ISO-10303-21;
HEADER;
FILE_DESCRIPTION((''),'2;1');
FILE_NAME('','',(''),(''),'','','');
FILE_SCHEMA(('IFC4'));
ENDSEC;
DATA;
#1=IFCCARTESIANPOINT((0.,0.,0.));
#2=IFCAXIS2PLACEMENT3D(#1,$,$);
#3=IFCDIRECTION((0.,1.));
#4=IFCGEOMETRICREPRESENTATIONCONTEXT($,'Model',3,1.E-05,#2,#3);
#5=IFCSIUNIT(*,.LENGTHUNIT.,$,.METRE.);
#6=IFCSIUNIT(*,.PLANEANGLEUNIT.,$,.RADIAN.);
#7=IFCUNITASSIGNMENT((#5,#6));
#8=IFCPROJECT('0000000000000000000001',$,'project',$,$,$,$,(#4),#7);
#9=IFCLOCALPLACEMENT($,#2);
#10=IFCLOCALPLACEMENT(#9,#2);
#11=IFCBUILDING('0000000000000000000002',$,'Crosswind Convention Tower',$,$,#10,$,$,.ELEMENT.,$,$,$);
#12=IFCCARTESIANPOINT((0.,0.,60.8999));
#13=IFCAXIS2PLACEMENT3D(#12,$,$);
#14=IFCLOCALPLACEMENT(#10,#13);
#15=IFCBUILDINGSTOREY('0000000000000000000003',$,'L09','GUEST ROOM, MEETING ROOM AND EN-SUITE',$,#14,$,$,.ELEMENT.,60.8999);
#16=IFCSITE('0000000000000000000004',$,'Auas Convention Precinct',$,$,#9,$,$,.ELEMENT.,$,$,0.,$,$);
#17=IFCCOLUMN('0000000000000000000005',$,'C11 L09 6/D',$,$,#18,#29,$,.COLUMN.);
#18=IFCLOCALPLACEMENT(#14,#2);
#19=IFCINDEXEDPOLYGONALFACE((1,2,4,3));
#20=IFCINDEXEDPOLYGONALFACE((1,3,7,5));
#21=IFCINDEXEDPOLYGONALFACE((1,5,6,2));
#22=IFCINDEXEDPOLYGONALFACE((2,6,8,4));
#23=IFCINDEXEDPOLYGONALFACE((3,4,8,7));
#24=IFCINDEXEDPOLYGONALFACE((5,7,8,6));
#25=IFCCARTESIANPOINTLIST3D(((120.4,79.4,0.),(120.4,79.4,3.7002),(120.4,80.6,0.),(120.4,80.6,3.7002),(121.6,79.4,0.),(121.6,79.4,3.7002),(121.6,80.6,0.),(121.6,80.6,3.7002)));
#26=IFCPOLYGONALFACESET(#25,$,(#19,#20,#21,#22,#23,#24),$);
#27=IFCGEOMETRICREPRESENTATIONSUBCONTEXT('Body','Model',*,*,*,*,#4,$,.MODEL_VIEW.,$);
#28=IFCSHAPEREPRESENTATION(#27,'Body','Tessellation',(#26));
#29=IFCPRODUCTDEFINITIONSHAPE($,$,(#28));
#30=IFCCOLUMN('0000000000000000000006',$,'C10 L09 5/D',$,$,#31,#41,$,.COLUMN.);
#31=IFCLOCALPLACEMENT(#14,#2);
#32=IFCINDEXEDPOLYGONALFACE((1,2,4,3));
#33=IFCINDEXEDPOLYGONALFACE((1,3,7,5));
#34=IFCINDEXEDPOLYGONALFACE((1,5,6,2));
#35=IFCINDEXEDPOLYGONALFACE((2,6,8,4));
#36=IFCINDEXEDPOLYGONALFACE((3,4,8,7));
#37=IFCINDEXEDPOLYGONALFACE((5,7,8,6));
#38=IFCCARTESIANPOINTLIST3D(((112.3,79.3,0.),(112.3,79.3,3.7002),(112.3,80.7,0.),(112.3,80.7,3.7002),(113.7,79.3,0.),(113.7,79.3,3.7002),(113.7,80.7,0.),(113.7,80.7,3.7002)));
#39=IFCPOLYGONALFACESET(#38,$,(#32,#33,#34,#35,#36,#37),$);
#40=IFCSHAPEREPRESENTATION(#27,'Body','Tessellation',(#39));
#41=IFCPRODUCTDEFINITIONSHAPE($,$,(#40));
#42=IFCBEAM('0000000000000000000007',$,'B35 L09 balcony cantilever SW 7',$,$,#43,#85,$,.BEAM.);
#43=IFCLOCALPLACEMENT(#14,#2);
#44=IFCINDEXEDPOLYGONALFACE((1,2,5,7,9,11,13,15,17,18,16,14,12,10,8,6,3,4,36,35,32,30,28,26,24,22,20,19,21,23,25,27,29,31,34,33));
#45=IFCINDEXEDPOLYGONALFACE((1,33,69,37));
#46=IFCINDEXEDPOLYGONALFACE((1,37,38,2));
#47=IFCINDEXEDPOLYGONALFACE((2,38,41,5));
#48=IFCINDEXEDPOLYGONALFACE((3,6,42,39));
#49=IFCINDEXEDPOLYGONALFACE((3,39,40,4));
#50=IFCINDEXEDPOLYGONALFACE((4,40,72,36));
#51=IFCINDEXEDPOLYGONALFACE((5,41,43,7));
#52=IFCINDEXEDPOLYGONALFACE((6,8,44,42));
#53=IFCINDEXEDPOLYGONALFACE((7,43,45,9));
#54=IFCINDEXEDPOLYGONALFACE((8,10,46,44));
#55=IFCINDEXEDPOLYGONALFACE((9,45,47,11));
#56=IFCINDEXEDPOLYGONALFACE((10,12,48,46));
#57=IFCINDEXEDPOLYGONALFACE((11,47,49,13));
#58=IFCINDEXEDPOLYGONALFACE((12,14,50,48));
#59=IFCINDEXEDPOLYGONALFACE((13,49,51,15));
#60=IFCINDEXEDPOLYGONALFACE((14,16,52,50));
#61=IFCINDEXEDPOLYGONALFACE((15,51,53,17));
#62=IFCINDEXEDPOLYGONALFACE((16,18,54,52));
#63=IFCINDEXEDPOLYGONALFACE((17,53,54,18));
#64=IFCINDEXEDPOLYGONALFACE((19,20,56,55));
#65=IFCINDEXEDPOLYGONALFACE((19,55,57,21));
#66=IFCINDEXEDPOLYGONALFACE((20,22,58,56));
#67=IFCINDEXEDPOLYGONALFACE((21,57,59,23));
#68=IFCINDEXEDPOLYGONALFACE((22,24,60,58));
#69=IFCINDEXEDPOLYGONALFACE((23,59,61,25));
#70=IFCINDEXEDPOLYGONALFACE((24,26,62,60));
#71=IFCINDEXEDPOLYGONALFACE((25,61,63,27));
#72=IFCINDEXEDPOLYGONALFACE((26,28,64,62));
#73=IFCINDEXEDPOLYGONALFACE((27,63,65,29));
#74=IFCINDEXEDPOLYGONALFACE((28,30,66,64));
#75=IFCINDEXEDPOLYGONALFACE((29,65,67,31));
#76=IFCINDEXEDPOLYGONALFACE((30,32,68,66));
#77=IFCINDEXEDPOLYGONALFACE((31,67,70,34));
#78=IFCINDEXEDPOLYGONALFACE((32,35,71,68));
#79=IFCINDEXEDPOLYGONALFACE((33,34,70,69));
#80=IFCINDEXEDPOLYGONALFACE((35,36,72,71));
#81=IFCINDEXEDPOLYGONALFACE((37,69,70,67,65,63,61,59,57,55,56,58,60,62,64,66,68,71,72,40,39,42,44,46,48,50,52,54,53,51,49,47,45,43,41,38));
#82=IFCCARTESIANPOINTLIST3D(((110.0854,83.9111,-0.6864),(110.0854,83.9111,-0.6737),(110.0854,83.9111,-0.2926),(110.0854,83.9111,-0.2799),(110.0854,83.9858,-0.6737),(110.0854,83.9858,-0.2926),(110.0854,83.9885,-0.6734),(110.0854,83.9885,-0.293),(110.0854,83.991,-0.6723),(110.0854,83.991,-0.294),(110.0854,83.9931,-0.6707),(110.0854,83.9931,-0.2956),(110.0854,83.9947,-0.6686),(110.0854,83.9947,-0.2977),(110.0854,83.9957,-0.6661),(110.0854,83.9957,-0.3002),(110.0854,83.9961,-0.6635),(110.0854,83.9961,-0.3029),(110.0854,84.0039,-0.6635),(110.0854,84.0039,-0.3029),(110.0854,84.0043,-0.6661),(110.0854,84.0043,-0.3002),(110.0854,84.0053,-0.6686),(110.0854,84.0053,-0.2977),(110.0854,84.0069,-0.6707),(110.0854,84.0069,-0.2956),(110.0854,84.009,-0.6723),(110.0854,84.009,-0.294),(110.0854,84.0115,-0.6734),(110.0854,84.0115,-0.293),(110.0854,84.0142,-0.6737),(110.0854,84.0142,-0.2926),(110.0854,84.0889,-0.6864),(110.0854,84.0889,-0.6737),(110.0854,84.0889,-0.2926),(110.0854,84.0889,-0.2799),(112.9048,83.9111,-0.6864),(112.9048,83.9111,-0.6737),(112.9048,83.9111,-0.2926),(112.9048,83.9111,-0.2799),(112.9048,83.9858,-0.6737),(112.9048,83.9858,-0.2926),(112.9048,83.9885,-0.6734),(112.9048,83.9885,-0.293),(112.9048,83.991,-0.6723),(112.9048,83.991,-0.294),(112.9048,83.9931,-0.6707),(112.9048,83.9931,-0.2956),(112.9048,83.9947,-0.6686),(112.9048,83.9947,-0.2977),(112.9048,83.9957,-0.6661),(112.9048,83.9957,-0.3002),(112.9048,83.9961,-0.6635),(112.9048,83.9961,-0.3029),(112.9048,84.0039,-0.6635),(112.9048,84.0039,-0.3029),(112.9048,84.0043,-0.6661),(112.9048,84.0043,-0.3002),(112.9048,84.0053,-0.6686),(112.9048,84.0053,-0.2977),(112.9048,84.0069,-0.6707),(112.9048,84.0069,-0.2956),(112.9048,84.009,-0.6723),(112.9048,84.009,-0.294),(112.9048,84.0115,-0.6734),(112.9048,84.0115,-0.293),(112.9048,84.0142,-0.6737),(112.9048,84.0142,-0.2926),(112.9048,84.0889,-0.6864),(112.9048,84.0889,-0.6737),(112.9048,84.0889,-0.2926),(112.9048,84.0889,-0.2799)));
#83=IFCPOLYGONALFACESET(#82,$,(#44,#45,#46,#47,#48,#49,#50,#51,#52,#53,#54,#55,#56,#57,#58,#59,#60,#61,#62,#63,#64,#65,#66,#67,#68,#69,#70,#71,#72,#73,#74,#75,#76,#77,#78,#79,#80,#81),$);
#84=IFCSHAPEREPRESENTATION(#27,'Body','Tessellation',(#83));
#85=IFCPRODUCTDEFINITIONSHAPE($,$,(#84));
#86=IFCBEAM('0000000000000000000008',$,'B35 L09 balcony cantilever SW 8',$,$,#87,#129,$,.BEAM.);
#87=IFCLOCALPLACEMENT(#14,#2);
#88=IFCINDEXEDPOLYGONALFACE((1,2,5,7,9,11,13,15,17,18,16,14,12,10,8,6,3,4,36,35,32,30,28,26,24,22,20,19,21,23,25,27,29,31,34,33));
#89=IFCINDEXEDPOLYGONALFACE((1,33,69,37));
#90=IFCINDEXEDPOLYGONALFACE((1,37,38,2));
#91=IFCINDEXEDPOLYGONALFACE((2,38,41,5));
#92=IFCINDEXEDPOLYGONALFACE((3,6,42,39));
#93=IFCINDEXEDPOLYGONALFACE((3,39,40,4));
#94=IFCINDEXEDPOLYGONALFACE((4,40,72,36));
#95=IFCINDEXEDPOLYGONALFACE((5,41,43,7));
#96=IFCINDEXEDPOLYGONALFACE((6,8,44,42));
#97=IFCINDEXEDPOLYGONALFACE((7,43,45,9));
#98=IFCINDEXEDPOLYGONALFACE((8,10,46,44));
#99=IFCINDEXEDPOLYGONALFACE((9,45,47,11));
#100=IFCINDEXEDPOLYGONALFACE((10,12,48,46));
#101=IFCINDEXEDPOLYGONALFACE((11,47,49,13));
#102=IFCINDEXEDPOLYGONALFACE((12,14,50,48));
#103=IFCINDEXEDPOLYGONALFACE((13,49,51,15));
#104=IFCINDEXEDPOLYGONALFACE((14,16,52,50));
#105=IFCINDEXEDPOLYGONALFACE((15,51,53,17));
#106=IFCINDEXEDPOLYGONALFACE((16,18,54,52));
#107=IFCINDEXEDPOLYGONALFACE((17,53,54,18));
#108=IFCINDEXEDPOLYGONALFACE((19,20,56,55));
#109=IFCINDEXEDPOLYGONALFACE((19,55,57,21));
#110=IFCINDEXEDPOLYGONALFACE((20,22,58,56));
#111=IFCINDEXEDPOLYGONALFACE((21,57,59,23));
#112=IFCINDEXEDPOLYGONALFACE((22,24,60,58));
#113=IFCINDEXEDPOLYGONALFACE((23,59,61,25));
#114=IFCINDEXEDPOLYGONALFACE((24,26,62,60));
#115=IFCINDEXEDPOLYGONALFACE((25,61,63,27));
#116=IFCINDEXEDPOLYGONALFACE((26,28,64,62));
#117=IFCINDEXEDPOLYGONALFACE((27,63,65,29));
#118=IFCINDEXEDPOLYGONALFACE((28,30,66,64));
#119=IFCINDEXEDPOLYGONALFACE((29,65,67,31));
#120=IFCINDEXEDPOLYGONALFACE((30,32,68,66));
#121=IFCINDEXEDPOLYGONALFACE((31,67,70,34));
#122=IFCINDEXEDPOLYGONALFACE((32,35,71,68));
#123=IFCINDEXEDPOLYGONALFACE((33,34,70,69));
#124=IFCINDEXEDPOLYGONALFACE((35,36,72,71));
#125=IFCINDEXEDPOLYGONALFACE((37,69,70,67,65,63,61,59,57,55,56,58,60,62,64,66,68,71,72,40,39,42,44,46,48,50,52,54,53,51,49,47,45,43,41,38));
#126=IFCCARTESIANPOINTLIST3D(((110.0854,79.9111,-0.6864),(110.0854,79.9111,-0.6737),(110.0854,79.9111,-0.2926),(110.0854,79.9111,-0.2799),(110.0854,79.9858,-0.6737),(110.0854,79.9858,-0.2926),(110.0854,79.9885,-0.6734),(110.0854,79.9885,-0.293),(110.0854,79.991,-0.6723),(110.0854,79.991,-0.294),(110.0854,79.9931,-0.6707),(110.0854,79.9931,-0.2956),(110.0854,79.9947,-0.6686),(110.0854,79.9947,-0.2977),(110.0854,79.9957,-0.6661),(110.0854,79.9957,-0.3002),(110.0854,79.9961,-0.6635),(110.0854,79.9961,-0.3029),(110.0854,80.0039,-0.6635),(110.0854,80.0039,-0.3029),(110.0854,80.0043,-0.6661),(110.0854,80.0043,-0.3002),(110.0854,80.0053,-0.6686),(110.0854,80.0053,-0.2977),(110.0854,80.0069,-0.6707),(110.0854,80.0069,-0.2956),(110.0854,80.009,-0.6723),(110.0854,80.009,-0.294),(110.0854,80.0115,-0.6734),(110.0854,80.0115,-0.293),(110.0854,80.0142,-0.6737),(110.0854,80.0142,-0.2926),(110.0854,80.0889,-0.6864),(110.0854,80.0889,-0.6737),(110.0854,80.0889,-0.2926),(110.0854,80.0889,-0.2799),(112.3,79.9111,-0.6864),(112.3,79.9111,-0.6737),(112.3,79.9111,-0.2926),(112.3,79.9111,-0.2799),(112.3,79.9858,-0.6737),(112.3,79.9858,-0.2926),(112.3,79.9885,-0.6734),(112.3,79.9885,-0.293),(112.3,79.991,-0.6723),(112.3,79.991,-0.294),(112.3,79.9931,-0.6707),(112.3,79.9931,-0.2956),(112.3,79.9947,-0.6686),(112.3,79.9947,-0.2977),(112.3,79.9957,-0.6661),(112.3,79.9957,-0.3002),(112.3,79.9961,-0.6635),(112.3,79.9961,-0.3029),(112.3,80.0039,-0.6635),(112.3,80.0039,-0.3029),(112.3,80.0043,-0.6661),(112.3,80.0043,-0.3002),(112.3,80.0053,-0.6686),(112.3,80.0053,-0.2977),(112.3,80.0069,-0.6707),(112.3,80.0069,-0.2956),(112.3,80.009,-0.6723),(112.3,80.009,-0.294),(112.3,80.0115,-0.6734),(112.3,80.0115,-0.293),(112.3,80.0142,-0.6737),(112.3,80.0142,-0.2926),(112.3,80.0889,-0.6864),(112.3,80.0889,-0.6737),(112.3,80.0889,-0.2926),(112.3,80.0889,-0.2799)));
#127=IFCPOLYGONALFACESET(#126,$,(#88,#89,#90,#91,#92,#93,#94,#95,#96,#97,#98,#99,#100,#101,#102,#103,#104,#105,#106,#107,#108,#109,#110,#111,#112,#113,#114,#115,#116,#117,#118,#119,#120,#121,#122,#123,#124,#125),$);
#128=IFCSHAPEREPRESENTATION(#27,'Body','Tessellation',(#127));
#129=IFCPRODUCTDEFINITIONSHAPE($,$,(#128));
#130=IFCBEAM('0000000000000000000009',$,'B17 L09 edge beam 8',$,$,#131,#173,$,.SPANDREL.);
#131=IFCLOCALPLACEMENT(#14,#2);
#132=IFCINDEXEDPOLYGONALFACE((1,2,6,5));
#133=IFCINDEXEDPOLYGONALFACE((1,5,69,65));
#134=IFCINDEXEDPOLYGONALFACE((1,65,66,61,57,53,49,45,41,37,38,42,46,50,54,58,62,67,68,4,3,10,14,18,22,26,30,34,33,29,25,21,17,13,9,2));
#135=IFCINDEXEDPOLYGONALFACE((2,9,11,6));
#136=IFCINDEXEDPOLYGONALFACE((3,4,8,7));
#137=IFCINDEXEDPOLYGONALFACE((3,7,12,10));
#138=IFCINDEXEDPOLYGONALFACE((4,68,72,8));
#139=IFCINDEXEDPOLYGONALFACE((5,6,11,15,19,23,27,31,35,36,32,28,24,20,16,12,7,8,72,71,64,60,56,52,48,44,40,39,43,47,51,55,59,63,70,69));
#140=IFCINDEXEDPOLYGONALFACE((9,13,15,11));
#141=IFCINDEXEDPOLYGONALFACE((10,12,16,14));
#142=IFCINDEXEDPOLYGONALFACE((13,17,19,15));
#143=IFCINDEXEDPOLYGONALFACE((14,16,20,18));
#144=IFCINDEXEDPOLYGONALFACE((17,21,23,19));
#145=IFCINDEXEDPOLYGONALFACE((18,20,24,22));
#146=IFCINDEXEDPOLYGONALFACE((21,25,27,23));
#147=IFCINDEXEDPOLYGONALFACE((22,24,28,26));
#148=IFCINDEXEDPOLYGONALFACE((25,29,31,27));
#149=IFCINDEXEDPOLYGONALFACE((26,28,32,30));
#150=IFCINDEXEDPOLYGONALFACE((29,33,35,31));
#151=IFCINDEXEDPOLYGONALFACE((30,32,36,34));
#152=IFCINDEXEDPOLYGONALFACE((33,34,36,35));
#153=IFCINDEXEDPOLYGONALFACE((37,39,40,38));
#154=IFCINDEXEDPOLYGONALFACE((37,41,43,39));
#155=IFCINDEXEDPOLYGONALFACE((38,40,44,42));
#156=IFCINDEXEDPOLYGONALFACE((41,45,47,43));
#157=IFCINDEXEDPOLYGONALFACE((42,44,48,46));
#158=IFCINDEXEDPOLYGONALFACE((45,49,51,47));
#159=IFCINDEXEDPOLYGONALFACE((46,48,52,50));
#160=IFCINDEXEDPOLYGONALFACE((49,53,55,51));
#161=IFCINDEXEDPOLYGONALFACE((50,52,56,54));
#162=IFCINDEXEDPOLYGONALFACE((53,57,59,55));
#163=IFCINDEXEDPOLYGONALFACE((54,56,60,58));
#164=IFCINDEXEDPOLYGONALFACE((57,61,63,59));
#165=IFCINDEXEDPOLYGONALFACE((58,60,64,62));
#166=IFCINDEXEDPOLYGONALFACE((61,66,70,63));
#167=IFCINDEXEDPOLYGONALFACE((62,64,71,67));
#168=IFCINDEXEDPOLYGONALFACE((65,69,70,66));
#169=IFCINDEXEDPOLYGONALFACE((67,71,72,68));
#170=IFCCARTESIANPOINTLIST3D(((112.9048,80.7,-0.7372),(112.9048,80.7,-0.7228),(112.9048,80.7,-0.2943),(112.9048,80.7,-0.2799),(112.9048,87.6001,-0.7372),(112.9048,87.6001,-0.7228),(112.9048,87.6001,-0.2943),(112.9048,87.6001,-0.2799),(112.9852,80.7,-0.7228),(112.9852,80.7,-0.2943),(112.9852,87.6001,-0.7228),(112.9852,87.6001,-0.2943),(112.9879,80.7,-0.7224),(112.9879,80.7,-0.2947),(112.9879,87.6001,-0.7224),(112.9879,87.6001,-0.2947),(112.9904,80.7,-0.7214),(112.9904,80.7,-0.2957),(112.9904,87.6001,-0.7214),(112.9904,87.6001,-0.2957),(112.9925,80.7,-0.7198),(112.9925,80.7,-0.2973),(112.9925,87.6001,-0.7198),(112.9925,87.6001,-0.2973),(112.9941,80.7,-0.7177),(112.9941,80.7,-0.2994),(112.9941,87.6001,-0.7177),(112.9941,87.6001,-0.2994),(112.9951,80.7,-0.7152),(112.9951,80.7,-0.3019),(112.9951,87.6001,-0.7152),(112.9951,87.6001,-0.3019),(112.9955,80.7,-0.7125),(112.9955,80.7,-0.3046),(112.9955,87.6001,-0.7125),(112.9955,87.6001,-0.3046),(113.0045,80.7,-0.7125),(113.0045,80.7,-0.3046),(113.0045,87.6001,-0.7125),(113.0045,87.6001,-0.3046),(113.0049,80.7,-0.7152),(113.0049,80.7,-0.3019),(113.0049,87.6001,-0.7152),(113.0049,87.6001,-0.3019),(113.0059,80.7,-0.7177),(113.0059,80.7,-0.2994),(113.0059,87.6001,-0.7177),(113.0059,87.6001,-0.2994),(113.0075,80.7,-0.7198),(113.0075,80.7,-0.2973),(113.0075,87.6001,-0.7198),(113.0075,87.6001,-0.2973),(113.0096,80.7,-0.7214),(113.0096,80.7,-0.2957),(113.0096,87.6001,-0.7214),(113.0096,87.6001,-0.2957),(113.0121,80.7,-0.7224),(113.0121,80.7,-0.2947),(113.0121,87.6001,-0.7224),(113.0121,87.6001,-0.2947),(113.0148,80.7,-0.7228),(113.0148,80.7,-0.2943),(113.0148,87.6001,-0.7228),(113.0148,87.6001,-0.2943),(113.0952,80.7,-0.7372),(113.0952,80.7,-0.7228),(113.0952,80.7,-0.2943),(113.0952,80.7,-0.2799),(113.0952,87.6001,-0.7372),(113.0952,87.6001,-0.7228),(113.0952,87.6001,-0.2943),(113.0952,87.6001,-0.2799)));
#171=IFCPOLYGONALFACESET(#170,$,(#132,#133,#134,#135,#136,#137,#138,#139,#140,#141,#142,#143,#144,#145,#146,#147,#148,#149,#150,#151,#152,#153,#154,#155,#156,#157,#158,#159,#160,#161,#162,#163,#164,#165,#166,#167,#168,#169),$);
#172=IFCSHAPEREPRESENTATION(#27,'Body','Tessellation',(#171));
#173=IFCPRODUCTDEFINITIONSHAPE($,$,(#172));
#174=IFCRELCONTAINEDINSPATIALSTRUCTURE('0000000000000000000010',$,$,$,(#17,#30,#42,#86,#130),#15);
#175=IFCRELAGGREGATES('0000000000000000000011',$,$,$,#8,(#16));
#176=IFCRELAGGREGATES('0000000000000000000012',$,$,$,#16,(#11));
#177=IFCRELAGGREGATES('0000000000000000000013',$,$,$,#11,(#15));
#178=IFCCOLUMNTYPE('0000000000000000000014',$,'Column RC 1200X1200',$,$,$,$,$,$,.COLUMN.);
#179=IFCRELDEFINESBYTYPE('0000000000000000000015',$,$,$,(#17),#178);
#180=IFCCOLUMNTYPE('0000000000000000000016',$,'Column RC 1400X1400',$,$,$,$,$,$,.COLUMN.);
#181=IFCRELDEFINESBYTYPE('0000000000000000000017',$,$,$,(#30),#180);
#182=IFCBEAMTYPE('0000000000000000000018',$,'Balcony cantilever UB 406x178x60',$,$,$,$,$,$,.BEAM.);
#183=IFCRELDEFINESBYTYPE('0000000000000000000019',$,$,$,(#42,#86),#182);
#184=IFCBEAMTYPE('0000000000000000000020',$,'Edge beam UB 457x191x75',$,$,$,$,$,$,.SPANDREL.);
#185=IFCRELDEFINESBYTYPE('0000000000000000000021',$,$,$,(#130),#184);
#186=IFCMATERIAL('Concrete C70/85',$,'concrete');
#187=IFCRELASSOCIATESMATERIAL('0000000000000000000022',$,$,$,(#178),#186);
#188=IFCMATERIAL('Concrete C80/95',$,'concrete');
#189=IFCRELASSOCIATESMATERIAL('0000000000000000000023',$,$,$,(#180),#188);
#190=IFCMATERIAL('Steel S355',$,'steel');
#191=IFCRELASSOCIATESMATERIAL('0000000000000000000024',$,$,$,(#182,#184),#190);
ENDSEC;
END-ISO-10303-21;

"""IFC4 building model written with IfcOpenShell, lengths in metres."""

from ifc_helpers import new_model, si_unit, direction, frame, origin, origin_2d, place, context, subcontext, project, spatial, rectangle, i_section, extrude, material, material_profile, profile_set, type_object, element, save


model = new_model("IFC4")

# Units and contexts
model_context = context("Model", 3, precision=1e-05, world=origin(), true_north=direction((0.0, 1.0)))
body_context = subcontext(model_context, "Body", "Model", "MODEL_VIEW")
ifc_project = project(units=[si_unit("LENGTHUNIT", "METRE"), si_unit("PLANEANGLEUNIT", "RADIAN")], contexts=[model_context])

# Site, building, storey
site_placement = place(None, origin())
site = spatial("IfcSite", under=ifc_project, at=site_placement, Name="Auas Convention Precinct", CompositionType="ELEMENT", RefElevation=0.0)
building_placement = place(site_placement, origin())
building = spatial("IfcBuilding", under=site, at=building_placement, Name="Crosswind Convention Tower", CompositionType="ELEMENT")
storey_placement = place(building_placement, frame((0.0, 0.0, 60.8999)))
storey = spatial("IfcBuildingStorey", under=building, at=storey_placement, Name="L09", Description="GUEST ROOM, MEETING ROOM AND EN-SUITE", CompositionType="ELEMENT", Elevation=60.8999)

# Columns
ifc_material_1 = material(Name="Concrete C70/85", Category="concrete")
ifc_material_profile_1 = material_profile(ifc_material_1, rectangle(XDim=1.2, YDim=1.2, at=origin_2d()), Name="RC 1200X1200")
ifc_profile_set_1 = profile_set([ifc_material_profile_1], Name="Concrete C70/85")
column_type_1 = type_object("IfcColumnType", Name="Column RC 1200X1200", PredefinedType="COLUMN", material=ifc_profile_set_1)
column_1_placement = place(storey_placement, frame((121.0, 80.0, 0.0), z_axis=(0.0, 0.0, 1.0), x_axis=(1.0, 0.0, 0.0)))
element("IfcColumn", 1, at=column_1_placement, inside=storey, type_object=column_type_1, Name="C11 L09 6/D", PredefinedType="COLUMN", context=body_context, shape_type="SweptSolid", body=[
    extrude(rectangle(XDim=1.2, YDim=1.2, at=origin_2d()), origin(), (0.0, 0.0, 1.0), 3.7002),
])
ifc_material_2 = material(Name="Concrete C80/95", Category="concrete")
ifc_material_profile_2 = material_profile(ifc_material_2, rectangle(XDim=1.3999, YDim=1.3999, at=origin_2d()), Name="RC 1400X1400")
ifc_profile_set_2 = profile_set([ifc_material_profile_2], Name="Concrete C80/95")
column_type_2 = type_object("IfcColumnType", Name="Column RC 1400X1400", PredefinedType="COLUMN", material=ifc_profile_set_2)
column_2_placement = place(storey_placement, frame((113.0, 80.0, 0.0), z_axis=(0.0, 0.0, 1.0), x_axis=(1.0, 0.0, 0.0)))
element("IfcColumn", 2, at=column_2_placement, inside=storey, type_object=column_type_2, Name="C10 L09 5/D", PredefinedType="COLUMN", context=body_context, shape_type="SweptSolid", body=[
    extrude(rectangle(XDim=1.3999, YDim=1.3999, at=origin_2d()), origin(), (0.0, 0.0, 1.0), 3.7002),
])

# Beams
ifc_material_3 = material(Name="Steel S355", Category="steel")
ifc_material_profile_3 = material_profile(ifc_material_3, i_section(OverallWidth=0.1777, OverallDepth=0.4065, WebThickness=0.0078, FlangeThickness=0.0127, FilletRadius=0.0103, at=origin_2d()), Name="UB 406x178x60")
ifc_profile_set_3 = profile_set([ifc_material_profile_3], Name="Steel S355")
beam_type_1 = type_object("IfcBeamType", Name="Balcony cantilever UB 406x178x60", PredefinedType="BEAM", material=ifc_profile_set_3)
beam_1_placement = place(storey_placement, frame((112.9048, 84.0, -0.4832), z_axis=(-1.0, 0.0, 0.0), x_axis=(0.0, -1.0, 0.0)))
element("IfcBeam", 3, at=beam_1_placement, inside=storey, type_object=beam_type_1, Name="B35 L09 balcony cantilever SW 7", PredefinedType="BEAM", context=body_context, shape_type="SweptSolid", body=[
    extrude(i_section(OverallWidth=0.1777, OverallDepth=0.4065, WebThickness=0.0078, FlangeThickness=0.0127, FilletRadius=0.0103, at=origin_2d()), origin(), (0.0, 0.0, 1.0), 2.8193),
])
beam_2_placement = place(storey_placement, frame((112.3, 80.0, -0.4832), z_axis=(-1.0, 0.0, 0.0), x_axis=(0.0, -1.0, 0.0)))
element("IfcBeam", 4, at=beam_2_placement, inside=storey, type_object=beam_type_1, Name="B35 L09 balcony cantilever SW 8", PredefinedType="BEAM", context=body_context, shape_type="SweptSolid", body=[
    extrude(i_section(OverallWidth=0.1777, OverallDepth=0.4065, WebThickness=0.0078, FlangeThickness=0.0127, FilletRadius=0.0103, at=origin_2d()), origin(), (0.0, 0.0, 1.0), 2.2146),
])
ifc_material_profile_4 = material_profile(ifc_material_3, i_section(OverallWidth=0.1904, OverallDepth=0.4573, WebThickness=0.009, FlangeThickness=0.0144, FilletRadius=0.0103, at=origin_2d()), Name="UB 457x191x75")
ifc_profile_set_4 = profile_set([ifc_material_profile_4], Name="Steel S355")
beam_type_2 = type_object("IfcBeamType", Name="Edge beam UB 457x191x75", PredefinedType="SPANDREL", material=ifc_profile_set_4)
beam_3_placement = place(storey_placement, frame((113.0, 80.7, -0.5085), z_axis=(0.0, 1.0, 0.0), x_axis=(-1.0, 0.0, 0.0)))
element("IfcBeam", 5, at=beam_3_placement, inside=storey, type_object=beam_type_2, Name="B17 L09 edge beam 8", PredefinedType="SPANDREL", context=body_context, shape_type="SweptSolid", body=[
    extrude(i_section(OverallWidth=0.1904, OverallDepth=0.4573, WebThickness=0.009, FlangeThickness=0.0144, FilletRadius=0.0103, at=origin_2d()), origin(), (0.0, 0.0, 1.0), 6.9001),
])

save(model, "model.ifc")
